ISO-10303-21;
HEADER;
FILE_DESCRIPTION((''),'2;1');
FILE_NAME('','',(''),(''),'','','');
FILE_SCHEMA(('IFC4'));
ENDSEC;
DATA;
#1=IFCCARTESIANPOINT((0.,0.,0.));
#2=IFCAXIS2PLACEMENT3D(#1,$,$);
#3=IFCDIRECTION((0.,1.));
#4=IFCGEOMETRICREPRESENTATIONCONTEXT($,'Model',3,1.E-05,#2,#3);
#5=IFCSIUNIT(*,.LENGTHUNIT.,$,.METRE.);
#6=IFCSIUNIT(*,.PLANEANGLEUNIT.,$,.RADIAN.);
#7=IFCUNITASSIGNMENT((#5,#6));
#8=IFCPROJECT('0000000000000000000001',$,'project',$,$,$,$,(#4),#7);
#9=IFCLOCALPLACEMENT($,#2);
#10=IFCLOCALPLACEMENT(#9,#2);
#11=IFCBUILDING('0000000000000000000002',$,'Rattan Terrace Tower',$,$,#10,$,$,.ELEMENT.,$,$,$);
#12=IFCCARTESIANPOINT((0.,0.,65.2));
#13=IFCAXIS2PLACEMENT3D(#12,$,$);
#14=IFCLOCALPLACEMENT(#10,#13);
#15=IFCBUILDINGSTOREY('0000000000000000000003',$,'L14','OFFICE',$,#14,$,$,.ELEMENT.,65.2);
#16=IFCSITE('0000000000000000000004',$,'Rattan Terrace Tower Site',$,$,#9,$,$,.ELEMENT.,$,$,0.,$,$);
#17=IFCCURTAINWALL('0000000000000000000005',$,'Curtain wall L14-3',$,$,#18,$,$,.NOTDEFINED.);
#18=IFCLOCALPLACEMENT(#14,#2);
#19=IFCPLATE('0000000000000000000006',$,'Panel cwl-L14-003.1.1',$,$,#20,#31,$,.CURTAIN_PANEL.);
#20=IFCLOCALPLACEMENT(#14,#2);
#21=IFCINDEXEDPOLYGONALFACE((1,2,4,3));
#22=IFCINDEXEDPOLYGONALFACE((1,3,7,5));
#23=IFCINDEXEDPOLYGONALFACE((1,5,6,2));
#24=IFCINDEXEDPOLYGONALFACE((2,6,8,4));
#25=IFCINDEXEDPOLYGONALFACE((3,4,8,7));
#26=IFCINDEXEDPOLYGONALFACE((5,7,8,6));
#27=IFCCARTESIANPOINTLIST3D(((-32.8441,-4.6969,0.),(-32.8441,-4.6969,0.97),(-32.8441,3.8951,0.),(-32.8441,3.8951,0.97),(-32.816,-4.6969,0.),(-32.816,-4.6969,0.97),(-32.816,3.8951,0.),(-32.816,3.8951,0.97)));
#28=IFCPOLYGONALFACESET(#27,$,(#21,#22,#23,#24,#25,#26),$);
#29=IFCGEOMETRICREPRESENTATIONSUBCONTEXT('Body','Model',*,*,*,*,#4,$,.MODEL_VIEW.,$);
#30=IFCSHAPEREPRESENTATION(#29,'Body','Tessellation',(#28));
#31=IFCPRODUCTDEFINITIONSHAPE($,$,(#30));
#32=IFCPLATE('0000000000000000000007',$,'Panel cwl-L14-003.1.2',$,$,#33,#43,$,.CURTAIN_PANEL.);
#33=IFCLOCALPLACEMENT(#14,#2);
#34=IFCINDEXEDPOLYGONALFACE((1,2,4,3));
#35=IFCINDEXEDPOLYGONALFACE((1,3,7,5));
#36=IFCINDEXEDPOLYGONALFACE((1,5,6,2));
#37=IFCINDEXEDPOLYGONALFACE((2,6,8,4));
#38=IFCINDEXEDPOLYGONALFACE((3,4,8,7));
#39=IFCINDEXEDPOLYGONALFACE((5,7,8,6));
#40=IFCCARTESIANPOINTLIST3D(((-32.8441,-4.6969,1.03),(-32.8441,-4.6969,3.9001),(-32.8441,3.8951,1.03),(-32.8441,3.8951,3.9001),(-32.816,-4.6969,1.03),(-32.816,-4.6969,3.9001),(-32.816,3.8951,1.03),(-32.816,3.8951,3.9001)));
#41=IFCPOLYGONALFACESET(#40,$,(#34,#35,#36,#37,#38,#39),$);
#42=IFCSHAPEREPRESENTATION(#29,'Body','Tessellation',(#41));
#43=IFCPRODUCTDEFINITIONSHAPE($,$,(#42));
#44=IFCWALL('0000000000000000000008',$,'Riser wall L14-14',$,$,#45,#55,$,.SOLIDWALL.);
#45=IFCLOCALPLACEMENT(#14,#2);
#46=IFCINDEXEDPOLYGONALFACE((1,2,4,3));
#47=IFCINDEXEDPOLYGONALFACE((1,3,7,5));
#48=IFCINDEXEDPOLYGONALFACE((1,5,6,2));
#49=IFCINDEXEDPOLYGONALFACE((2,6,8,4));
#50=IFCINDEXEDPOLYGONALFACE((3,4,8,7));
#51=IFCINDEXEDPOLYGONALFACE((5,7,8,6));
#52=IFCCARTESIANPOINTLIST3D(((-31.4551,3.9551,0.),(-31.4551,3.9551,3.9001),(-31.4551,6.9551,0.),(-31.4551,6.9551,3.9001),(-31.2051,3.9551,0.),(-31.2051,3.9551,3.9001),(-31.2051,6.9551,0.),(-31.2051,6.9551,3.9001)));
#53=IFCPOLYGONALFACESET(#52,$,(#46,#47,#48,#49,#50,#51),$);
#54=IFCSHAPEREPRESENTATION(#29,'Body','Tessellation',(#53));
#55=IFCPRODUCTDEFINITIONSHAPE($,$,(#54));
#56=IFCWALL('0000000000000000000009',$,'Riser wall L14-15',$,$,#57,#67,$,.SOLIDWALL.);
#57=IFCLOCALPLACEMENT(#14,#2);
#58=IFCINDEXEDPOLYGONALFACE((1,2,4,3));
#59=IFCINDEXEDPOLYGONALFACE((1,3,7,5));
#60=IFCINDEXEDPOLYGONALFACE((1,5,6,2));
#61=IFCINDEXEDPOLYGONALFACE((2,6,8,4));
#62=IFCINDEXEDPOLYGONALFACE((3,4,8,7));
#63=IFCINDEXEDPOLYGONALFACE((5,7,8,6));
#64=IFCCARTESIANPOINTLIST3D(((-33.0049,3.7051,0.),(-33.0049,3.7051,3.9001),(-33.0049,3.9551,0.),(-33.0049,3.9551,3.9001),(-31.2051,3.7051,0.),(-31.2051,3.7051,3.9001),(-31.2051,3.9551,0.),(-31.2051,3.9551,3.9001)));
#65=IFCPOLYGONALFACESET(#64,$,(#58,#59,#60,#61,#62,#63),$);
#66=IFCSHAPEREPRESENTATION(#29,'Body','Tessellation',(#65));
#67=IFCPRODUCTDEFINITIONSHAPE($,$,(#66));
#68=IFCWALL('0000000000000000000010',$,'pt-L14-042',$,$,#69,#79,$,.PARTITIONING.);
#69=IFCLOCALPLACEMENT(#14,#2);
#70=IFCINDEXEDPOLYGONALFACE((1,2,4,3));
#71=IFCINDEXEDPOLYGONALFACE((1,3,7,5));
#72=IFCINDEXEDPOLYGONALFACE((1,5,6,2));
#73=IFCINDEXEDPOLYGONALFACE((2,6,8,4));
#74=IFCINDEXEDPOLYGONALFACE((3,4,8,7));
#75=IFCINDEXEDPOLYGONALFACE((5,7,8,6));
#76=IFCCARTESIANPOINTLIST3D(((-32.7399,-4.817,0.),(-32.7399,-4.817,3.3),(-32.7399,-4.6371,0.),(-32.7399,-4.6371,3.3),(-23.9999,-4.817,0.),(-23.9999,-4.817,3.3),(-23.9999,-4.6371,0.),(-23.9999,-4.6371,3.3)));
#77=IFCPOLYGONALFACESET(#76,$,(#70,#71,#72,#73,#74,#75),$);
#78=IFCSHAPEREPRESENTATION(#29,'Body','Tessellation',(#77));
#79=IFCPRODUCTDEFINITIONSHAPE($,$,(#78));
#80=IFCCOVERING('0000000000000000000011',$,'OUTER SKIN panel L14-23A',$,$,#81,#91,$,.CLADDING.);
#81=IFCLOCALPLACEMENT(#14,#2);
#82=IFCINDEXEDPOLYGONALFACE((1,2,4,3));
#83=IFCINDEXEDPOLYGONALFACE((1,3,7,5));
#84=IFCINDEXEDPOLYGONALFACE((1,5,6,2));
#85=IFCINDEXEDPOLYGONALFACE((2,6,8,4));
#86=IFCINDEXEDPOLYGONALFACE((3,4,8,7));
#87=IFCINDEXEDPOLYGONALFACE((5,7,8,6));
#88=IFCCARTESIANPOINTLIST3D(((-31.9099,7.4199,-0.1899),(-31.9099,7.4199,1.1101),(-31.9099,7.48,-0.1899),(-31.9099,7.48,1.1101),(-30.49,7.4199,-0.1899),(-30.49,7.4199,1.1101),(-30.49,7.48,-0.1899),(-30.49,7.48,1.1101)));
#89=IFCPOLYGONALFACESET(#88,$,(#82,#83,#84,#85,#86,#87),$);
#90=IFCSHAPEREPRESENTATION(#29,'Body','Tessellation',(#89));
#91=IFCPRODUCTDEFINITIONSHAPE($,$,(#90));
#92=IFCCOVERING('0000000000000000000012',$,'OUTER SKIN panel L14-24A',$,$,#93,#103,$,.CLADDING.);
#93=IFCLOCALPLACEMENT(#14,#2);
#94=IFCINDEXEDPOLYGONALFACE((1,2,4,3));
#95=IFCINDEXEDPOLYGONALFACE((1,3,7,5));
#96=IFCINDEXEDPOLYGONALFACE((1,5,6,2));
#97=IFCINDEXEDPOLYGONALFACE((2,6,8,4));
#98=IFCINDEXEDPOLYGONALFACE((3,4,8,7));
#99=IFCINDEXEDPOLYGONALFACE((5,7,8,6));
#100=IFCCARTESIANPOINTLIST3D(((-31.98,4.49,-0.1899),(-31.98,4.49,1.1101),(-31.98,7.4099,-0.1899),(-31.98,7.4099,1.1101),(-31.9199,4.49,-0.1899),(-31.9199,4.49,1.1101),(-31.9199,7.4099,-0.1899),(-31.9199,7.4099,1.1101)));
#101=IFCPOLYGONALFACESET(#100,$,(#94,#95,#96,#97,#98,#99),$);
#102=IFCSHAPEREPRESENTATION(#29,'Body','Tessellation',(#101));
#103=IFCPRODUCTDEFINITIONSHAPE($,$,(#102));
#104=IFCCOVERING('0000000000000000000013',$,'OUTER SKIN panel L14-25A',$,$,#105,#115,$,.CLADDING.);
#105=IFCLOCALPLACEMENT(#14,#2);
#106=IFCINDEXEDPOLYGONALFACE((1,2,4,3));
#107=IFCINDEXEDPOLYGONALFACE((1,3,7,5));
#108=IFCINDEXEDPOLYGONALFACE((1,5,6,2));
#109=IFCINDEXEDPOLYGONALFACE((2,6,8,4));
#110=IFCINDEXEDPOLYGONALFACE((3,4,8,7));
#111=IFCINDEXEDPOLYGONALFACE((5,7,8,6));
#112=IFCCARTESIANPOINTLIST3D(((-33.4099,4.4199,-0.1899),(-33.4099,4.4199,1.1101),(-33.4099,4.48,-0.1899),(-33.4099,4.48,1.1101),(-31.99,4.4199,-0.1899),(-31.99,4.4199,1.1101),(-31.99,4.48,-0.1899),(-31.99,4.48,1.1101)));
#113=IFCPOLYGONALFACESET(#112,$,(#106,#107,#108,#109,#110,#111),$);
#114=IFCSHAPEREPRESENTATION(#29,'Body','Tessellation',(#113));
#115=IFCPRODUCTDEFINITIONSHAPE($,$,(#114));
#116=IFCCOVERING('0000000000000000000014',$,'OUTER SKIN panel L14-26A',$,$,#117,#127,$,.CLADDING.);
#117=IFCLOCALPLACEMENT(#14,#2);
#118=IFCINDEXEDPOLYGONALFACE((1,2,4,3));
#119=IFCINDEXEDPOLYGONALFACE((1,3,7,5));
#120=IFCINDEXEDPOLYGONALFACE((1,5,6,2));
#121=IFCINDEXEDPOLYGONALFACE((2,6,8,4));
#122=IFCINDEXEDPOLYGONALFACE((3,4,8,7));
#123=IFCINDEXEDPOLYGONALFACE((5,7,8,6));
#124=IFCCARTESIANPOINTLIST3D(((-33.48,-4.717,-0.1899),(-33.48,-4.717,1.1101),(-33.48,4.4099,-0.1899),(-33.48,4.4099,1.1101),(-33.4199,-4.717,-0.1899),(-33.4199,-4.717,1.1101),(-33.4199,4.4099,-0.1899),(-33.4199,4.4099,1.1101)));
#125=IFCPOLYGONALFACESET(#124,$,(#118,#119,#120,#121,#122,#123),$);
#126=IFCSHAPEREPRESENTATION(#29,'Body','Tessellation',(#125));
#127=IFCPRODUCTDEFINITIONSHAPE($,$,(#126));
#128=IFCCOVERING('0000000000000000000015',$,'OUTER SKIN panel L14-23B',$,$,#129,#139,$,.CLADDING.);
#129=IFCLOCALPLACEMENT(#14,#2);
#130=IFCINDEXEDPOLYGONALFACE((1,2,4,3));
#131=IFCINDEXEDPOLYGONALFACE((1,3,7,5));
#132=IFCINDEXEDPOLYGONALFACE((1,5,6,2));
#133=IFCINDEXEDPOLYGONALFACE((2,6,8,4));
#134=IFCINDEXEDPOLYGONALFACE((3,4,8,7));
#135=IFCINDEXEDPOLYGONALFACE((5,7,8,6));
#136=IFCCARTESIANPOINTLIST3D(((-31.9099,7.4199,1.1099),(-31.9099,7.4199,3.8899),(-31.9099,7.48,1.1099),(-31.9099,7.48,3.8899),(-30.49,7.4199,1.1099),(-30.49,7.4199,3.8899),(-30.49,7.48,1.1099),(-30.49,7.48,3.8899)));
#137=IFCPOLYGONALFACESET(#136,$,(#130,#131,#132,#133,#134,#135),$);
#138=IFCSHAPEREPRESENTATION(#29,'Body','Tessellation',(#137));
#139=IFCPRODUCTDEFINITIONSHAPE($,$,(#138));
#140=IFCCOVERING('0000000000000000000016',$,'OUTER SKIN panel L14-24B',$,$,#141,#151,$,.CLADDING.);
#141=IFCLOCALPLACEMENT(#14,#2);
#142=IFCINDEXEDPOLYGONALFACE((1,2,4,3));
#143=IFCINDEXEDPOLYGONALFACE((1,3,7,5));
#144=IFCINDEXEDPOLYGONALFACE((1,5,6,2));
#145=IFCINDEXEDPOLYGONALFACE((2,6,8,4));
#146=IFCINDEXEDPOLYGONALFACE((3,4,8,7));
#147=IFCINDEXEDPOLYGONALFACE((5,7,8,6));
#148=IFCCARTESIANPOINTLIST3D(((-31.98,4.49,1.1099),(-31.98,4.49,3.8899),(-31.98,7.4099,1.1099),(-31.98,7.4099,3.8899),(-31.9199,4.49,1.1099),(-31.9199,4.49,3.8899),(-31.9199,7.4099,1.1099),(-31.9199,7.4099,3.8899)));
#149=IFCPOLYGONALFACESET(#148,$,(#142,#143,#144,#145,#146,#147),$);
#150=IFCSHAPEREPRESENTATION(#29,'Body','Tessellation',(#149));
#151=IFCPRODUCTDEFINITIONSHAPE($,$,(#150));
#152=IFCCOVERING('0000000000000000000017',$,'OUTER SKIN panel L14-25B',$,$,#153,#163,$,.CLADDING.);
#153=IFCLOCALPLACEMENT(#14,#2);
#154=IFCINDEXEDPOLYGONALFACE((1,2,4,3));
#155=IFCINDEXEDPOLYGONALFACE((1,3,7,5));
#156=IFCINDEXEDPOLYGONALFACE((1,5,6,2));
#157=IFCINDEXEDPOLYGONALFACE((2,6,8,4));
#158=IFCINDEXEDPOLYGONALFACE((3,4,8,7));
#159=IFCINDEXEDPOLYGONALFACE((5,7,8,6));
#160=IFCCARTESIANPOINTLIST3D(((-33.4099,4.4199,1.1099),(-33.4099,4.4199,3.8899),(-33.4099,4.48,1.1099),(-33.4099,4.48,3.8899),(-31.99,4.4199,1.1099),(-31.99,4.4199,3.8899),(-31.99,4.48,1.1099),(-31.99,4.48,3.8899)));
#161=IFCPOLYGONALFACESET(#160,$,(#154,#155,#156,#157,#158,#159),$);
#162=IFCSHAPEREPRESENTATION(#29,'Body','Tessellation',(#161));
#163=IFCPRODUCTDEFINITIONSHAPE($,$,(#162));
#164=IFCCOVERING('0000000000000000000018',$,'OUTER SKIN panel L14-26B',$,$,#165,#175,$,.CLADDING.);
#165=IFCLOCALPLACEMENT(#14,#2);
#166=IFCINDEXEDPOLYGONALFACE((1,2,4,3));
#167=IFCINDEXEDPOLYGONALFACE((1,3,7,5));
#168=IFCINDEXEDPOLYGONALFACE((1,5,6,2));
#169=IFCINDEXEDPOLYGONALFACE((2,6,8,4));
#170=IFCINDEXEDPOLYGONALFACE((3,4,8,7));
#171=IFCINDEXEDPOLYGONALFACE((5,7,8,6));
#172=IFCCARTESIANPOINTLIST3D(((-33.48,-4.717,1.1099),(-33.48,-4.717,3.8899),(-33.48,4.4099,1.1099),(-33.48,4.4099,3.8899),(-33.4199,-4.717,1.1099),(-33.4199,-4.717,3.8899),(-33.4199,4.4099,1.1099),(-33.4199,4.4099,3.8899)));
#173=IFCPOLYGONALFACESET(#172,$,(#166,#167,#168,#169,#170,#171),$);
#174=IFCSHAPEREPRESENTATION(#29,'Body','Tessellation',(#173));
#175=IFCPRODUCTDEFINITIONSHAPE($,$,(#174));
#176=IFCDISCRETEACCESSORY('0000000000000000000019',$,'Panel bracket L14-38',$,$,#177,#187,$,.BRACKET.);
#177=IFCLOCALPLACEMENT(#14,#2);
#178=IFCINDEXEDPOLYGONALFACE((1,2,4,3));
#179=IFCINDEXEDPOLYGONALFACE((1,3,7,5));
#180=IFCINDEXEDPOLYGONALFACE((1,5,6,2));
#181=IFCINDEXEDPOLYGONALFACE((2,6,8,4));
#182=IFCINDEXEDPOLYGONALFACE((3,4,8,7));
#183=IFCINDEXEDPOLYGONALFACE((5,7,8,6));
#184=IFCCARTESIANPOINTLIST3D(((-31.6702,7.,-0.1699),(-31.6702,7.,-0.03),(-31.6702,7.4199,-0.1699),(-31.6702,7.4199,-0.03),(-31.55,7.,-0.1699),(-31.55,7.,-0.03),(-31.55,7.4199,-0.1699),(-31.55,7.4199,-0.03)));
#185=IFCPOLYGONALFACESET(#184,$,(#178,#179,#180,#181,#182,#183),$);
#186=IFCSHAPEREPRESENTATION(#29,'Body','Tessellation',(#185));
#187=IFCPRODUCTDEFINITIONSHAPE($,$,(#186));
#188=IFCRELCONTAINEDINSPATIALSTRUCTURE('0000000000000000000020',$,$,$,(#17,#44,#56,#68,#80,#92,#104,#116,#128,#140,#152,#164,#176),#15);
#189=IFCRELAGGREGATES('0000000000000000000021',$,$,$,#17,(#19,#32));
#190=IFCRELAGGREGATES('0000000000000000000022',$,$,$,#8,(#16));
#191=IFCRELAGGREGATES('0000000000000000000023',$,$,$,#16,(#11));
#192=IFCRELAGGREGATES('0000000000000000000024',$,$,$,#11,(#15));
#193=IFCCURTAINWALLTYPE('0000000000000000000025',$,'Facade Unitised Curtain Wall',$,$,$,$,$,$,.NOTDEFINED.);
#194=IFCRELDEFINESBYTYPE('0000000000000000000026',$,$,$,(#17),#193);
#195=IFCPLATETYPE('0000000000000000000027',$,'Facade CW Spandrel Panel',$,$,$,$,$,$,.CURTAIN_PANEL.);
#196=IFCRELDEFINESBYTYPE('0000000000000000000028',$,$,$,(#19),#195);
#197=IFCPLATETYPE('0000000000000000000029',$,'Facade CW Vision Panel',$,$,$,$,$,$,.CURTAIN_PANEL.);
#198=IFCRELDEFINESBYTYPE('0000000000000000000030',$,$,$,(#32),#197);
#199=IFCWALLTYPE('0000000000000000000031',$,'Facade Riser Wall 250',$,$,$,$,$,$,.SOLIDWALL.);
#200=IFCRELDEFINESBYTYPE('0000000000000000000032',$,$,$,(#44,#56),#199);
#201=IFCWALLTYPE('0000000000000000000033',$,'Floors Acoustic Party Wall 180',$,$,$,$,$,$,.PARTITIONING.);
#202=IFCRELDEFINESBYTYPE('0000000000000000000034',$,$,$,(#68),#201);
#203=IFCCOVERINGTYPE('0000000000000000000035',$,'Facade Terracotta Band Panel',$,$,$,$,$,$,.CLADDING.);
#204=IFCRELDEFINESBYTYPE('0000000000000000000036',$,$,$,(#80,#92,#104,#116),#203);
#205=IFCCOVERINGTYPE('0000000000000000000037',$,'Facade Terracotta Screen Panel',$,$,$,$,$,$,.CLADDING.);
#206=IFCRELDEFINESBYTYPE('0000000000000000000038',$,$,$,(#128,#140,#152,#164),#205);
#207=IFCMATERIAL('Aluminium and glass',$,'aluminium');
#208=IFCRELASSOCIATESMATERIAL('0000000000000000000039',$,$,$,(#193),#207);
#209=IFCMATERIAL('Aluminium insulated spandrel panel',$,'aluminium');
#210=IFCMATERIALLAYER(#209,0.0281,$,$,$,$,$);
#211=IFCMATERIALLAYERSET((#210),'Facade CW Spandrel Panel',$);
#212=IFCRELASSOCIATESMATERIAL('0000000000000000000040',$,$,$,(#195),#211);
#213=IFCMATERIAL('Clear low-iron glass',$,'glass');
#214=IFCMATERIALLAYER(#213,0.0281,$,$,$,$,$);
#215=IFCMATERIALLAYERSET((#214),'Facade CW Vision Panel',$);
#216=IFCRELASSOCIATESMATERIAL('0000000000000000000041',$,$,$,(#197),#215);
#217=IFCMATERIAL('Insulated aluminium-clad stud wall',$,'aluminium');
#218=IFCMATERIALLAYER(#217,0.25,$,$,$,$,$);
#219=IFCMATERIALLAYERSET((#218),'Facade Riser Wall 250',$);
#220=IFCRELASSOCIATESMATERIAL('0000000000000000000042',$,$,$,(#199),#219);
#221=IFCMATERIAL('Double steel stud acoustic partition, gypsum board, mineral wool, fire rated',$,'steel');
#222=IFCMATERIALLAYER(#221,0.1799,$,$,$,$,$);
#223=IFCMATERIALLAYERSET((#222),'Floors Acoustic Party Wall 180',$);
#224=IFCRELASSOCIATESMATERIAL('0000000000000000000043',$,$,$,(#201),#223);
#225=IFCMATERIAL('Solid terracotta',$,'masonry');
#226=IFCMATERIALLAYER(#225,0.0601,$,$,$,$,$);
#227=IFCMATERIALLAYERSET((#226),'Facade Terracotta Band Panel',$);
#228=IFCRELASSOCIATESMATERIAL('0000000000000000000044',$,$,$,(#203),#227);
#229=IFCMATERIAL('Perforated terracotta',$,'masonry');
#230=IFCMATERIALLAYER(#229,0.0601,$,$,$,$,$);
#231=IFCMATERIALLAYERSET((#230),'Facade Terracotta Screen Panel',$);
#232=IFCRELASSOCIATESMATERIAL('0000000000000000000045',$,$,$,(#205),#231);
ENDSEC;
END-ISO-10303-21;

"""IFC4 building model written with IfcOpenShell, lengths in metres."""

from ifc_helpers import new_model, si_unit, direction, frame, frame_2d, origin, origin_2d, place, context, subcontext, project, spatial, rectangle, extrude, material, layer, layer_set, type_object, element, aggregate, save


model = new_model("IFC4")

# Units and contexts
model_context = context("Model", 3, precision=1e-05, world=origin(), true_north=direction((0.0, 1.0)))
body_context = subcontext(model_context, "Body", "Model", "MODEL_VIEW")
ifc_project = project(units=[si_unit("LENGTHUNIT", "METRE"), si_unit("PLANEANGLEUNIT", "RADIAN")], contexts=[model_context])

# Site, building, storey
site_placement = place(None, origin())
site = spatial("IfcSite", under=ifc_project, at=site_placement, Name="Rattan Terrace Tower Site", CompositionType="ELEMENT", RefElevation=0.0)
building_placement = place(site_placement, origin())
building = spatial("IfcBuilding", under=site, at=building_placement, Name="Rattan Terrace Tower", CompositionType="ELEMENT")
storey_placement = place(building_placement, frame((0.0, 0.0, 65.2)))
storey = spatial("IfcBuildingStorey", under=building, at=storey_placement, Name="L14", Description="OFFICE", CompositionType="ELEMENT", Elevation=65.2)

# Curtain wall
ifc_material_1 = material(Name="Aluminium and glass", Category="aluminium")
curtain_wall_type = type_object("IfcCurtainWallType", Name="Facade Unitised Curtain Wall", PredefinedType="NOTDEFINED", material=ifc_material_1)
curtain_wall_placement = place(storey_placement, origin())
curtain_wall = element("IfcCurtainWall", 1, at=curtain_wall_placement, inside=storey, type_object=curtain_wall_type, Name="Curtain wall L14-3", PredefinedType="NOTDEFINED")

# Plates
ifc_material_2 = material(Name="Aluminium insulated spandrel panel", Category="aluminium")
ifc_layer_1 = layer(ifc_material_2, 0.0281)
ifc_layer_set_1 = layer_set([ifc_layer_1], Name="Facade CW Spandrel Panel")
plate_type_1 = type_object("IfcPlateType", Name="Facade CW Spandrel Panel", PredefinedType="CURTAIN_PANEL", material=ifc_layer_set_1)
plate_1_placement = place(storey_placement, frame((-32.8301, -0.4009, 0.0), z_axis=(0.0, 0.0, 1.0), x_axis=(0.0, -1.0, 0.0)))
plate_1 = element("IfcPlate", 2, at=plate_1_placement, type_object=plate_type_1, Name="Panel cwl-L14-003.1.1", PredefinedType="CURTAIN_PANEL", context=body_context, shape_type="SweptSolid", body=[
    extrude(rectangle(XDim=8.592, YDim=0.0281, at=origin_2d()), origin(), (0.0, 0.0, 1.0), 0.97),
])
ifc_material_3 = material(Name="Clear low-iron glass", Category="glass")
ifc_layer_2 = layer(ifc_material_3, 0.0281)
ifc_layer_set_2 = layer_set([ifc_layer_2], Name="Facade CW Vision Panel")
plate_type_2 = type_object("IfcPlateType", Name="Facade CW Vision Panel", PredefinedType="CURTAIN_PANEL", material=ifc_layer_set_2)
plate_2_placement = place(storey_placement, frame((-32.8301, -0.4009, 1.03), z_axis=(0.0, 0.0, 1.0), x_axis=(0.0, -1.0, 0.0)))
plate_2 = element("IfcPlate", 3, at=plate_2_placement, type_object=plate_type_2, Name="Panel cwl-L14-003.1.2", PredefinedType="CURTAIN_PANEL", context=body_context, shape_type="SweptSolid", body=[
    extrude(rectangle(XDim=8.592, YDim=0.0281, at=origin_2d()), origin(), (0.0, 0.0, 1.0), 2.8701),
])
aggregate(curtain_wall, [plate_1, plate_2])

# Walls
ifc_material_4 = material(Name="Insulated aluminium-clad stud wall", Category="aluminium")
ifc_layer_3 = layer(ifc_material_4, 0.25)
ifc_layer_set_3 = layer_set([ifc_layer_3], Name="Facade Riser Wall 250")
wall_type_1 = type_object("IfcWallType", Name="Facade Riser Wall 250", PredefinedType="SOLIDWALL", material=ifc_layer_set_3)
wall_1_placement = place(storey_placement, frame((-31.3301, 6.9551, 0.0), z_axis=(0.0, 0.0, 1.0), x_axis=(0.0, -1.0, 0.0)))
element("IfcWall", 4, at=wall_1_placement, inside=storey, type_object=wall_type_1, Name="Riser wall L14-14", PredefinedType="SOLIDWALL", context=body_context, shape_type="SweptSolid", body=[
    extrude(rectangle(XDim=3.0, YDim=0.25, at=frame_2d((1.5, 0.0))), origin(), (0.0, 0.0, 1.0), 3.9001),
])
wall_2_placement = place(storey_placement, frame((-31.2051, 3.8301, 0.0), z_axis=(0.0, 0.0, 1.0), x_axis=(-1.0, 0.0, 0.0)))
element("IfcWall", 5, at=wall_2_placement, inside=storey, type_object=wall_type_1, Name="Riser wall L14-15", PredefinedType="SOLIDWALL", context=body_context, shape_type="SweptSolid", body=[
    extrude(rectangle(XDim=1.7998, YDim=0.25, at=frame_2d((0.8999, 0.0))), origin(), (0.0, 0.0, 1.0), 3.9001),
])
ifc_material_5 = material(Name="Double steel stud acoustic partition, gypsum board, mineral wool, fire rated", Category="steel")
ifc_layer_4 = layer(ifc_material_5, 0.1799)
ifc_layer_set_4 = layer_set([ifc_layer_4], Name="Floors Acoustic Party Wall 180")
wall_type_2 = type_object("IfcWallType", Name="Floors Acoustic Party Wall 180", PredefinedType="PARTITIONING", material=ifc_layer_set_4)
wall_3_placement = place(storey_placement, frame((-32.74, -4.7271, 0.0), z_axis=(0.0, 0.0, 1.0), x_axis=(1.0, 0.0, 0.0)))
element("IfcWall", 6, at=wall_3_placement, inside=storey, type_object=wall_type_2, Name="pt-L14-042", PredefinedType="PARTITIONING", context=body_context, shape_type="SweptSolid", body=[
    extrude(rectangle(XDim=8.74, YDim=0.1799, at=frame_2d((4.3701, 0.0))), origin(), (0.0, 0.0, 1.0), 3.3),
])

# Coverings
ifc_material_6 = material(Name="Solid terracotta", Category="masonry")
ifc_layer_5 = layer(ifc_material_6, 0.0601)
ifc_layer_set_5 = layer_set([ifc_layer_5], Name="Facade Terracotta Band Panel")
covering_type_1 = type_object("IfcCoveringType", Name="Facade Terracotta Band Panel", PredefinedType="CLADDING", material=ifc_layer_set_5)
covering_1_placement = place(storey_placement, frame((-31.2, 7.45, -0.1899), z_axis=(0.0, 0.0, 1.0), x_axis=(-1.0, 0.0, 0.0)))
element("IfcCovering", 7, at=covering_1_placement, inside=storey, type_object=covering_type_1, Name="OUTER SKIN panel L14-23A", PredefinedType="CLADDING", context=body_context, shape_type="SweptSolid", body=[
    extrude(rectangle(XDim=1.4199, YDim=0.0601, at=origin_2d()), origin(), (0.0, 0.0, 1.0), 1.3),
])
covering_2_placement = place(storey_placement, frame((-31.95, 5.95, -0.1899), z_axis=(0.0, 0.0, 1.0), x_axis=(0.0, -1.0, 0.0)))
element("IfcCovering", 8, at=covering_2_placement, inside=storey, type_object=covering_type_1, Name="OUTER SKIN panel L14-24A", PredefinedType="CLADDING", context=body_context, shape_type="SweptSolid", body=[
    extrude(rectangle(XDim=2.9199, YDim=0.0601, at=origin_2d()), origin(), (0.0, 0.0, 1.0), 1.3),
])
covering_3_placement = place(storey_placement, frame((-32.7, 4.45, -0.1899), z_axis=(0.0, 0.0, 1.0), x_axis=(-1.0, 0.0, 0.0)))
element("IfcCovering", 9, at=covering_3_placement, inside=storey, type_object=covering_type_1, Name="OUTER SKIN panel L14-25A", PredefinedType="CLADDING", context=body_context, shape_type="SweptSolid", body=[
    extrude(rectangle(XDim=1.4199, YDim=0.0601, at=origin_2d()), origin(), (0.0, 0.0, 1.0), 1.3),
])
covering_4_placement = place(storey_placement, frame((-33.45, -0.1536, -0.1899), z_axis=(0.0, 0.0, 1.0), x_axis=(0.0, -1.0, 0.0)))
element("IfcCovering", 10, at=covering_4_placement, inside=storey, type_object=covering_type_1, Name="OUTER SKIN panel L14-26A", PredefinedType="CLADDING", context=body_context, shape_type="SweptSolid", body=[
    extrude(rectangle(XDim=9.127, YDim=0.0601, at=origin_2d()), origin(), (0.0, 0.0, 1.0), 1.3),
])
ifc_material_7 = material(Name="Perforated terracotta", Category="masonry")
ifc_layer_6 = layer(ifc_material_7, 0.0601)
ifc_layer_set_6 = layer_set([ifc_layer_6], Name="Facade Terracotta Screen Panel")
covering_type_2 = type_object("IfcCoveringType", Name="Facade Terracotta Screen Panel", PredefinedType="CLADDING", material=ifc_layer_set_6)
covering_5_placement = place(storey_placement, frame((-31.2, 7.45, 1.1099), z_axis=(0.0, 0.0, 1.0), x_axis=(-1.0, 0.0, 0.0)))
element("IfcCovering", 11, at=covering_5_placement, inside=storey, type_object=covering_type_2, Name="OUTER SKIN panel L14-23B", PredefinedType="CLADDING", context=body_context, shape_type="SweptSolid", body=[
    extrude(rectangle(XDim=1.4199, YDim=0.0601, at=origin_2d()), origin(), (0.0, 0.0, 1.0), 2.78),
])
covering_6_placement = place(storey_placement, frame((-31.95, 5.95, 1.1099), z_axis=(0.0, 0.0, 1.0), x_axis=(0.0, -1.0, 0.0)))
element("IfcCovering", 12, at=covering_6_placement, inside=storey, type_object=covering_type_2, Name="OUTER SKIN panel L14-24B", PredefinedType="CLADDING", context=body_context, shape_type="SweptSolid", body=[
    extrude(rectangle(XDim=2.9199, YDim=0.0601, at=origin_2d()), origin(), (0.0, 0.0, 1.0), 2.78),
])
covering_7_placement = place(storey_placement, frame((-32.7, 4.45, 1.1099), z_axis=(0.0, 0.0, 1.0), x_axis=(-1.0, 0.0, 0.0)))
element("IfcCovering", 13, at=covering_7_placement, inside=storey, type_object=covering_type_2, Name="OUTER SKIN panel L14-25B", PredefinedType="CLADDING", context=body_context, shape_type="SweptSolid", body=[
    extrude(rectangle(XDim=1.4199, YDim=0.0601, at=origin_2d()), origin(), (0.0, 0.0, 1.0), 2.78),
])
covering_8_placement = place(storey_placement, frame((-33.45, -0.1536, 1.1099), z_axis=(0.0, 0.0, 1.0), x_axis=(0.0, -1.0, 0.0)))
element("IfcCovering", 14, at=covering_8_placement, inside=storey, type_object=covering_type_2, Name="OUTER SKIN panel L14-26B", PredefinedType="CLADDING", context=body_context, shape_type="SweptSolid", body=[
    extrude(rectangle(XDim=9.127, YDim=0.0601, at=origin_2d()), origin(), (0.0, 0.0, 1.0), 2.78),
])

# Discrete accessory
for number, where, z_axis, x_axis, name in (
    (15, (-31.6101, 7.21, -0.1699), (0.0, 0.0, 1.0), (-1.0, 0.0, 0.0), "Panel bracket L14-38"),
):
    element("IfcDiscreteAccessory", number, at=place(storey_placement, frame(where, z_axis=z_axis, x_axis=x_axis)), inside=storey, Name=name, PredefinedType="BRACKET", context=body_context, shape_type="SweptSolid", body=[
        extrude(rectangle(XDim=0.1201, YDim=0.4199, at=origin_2d()), origin(), (0.0, 0.0, 1.0), 0.1399),
    ])

save(model, "model.ifc")
